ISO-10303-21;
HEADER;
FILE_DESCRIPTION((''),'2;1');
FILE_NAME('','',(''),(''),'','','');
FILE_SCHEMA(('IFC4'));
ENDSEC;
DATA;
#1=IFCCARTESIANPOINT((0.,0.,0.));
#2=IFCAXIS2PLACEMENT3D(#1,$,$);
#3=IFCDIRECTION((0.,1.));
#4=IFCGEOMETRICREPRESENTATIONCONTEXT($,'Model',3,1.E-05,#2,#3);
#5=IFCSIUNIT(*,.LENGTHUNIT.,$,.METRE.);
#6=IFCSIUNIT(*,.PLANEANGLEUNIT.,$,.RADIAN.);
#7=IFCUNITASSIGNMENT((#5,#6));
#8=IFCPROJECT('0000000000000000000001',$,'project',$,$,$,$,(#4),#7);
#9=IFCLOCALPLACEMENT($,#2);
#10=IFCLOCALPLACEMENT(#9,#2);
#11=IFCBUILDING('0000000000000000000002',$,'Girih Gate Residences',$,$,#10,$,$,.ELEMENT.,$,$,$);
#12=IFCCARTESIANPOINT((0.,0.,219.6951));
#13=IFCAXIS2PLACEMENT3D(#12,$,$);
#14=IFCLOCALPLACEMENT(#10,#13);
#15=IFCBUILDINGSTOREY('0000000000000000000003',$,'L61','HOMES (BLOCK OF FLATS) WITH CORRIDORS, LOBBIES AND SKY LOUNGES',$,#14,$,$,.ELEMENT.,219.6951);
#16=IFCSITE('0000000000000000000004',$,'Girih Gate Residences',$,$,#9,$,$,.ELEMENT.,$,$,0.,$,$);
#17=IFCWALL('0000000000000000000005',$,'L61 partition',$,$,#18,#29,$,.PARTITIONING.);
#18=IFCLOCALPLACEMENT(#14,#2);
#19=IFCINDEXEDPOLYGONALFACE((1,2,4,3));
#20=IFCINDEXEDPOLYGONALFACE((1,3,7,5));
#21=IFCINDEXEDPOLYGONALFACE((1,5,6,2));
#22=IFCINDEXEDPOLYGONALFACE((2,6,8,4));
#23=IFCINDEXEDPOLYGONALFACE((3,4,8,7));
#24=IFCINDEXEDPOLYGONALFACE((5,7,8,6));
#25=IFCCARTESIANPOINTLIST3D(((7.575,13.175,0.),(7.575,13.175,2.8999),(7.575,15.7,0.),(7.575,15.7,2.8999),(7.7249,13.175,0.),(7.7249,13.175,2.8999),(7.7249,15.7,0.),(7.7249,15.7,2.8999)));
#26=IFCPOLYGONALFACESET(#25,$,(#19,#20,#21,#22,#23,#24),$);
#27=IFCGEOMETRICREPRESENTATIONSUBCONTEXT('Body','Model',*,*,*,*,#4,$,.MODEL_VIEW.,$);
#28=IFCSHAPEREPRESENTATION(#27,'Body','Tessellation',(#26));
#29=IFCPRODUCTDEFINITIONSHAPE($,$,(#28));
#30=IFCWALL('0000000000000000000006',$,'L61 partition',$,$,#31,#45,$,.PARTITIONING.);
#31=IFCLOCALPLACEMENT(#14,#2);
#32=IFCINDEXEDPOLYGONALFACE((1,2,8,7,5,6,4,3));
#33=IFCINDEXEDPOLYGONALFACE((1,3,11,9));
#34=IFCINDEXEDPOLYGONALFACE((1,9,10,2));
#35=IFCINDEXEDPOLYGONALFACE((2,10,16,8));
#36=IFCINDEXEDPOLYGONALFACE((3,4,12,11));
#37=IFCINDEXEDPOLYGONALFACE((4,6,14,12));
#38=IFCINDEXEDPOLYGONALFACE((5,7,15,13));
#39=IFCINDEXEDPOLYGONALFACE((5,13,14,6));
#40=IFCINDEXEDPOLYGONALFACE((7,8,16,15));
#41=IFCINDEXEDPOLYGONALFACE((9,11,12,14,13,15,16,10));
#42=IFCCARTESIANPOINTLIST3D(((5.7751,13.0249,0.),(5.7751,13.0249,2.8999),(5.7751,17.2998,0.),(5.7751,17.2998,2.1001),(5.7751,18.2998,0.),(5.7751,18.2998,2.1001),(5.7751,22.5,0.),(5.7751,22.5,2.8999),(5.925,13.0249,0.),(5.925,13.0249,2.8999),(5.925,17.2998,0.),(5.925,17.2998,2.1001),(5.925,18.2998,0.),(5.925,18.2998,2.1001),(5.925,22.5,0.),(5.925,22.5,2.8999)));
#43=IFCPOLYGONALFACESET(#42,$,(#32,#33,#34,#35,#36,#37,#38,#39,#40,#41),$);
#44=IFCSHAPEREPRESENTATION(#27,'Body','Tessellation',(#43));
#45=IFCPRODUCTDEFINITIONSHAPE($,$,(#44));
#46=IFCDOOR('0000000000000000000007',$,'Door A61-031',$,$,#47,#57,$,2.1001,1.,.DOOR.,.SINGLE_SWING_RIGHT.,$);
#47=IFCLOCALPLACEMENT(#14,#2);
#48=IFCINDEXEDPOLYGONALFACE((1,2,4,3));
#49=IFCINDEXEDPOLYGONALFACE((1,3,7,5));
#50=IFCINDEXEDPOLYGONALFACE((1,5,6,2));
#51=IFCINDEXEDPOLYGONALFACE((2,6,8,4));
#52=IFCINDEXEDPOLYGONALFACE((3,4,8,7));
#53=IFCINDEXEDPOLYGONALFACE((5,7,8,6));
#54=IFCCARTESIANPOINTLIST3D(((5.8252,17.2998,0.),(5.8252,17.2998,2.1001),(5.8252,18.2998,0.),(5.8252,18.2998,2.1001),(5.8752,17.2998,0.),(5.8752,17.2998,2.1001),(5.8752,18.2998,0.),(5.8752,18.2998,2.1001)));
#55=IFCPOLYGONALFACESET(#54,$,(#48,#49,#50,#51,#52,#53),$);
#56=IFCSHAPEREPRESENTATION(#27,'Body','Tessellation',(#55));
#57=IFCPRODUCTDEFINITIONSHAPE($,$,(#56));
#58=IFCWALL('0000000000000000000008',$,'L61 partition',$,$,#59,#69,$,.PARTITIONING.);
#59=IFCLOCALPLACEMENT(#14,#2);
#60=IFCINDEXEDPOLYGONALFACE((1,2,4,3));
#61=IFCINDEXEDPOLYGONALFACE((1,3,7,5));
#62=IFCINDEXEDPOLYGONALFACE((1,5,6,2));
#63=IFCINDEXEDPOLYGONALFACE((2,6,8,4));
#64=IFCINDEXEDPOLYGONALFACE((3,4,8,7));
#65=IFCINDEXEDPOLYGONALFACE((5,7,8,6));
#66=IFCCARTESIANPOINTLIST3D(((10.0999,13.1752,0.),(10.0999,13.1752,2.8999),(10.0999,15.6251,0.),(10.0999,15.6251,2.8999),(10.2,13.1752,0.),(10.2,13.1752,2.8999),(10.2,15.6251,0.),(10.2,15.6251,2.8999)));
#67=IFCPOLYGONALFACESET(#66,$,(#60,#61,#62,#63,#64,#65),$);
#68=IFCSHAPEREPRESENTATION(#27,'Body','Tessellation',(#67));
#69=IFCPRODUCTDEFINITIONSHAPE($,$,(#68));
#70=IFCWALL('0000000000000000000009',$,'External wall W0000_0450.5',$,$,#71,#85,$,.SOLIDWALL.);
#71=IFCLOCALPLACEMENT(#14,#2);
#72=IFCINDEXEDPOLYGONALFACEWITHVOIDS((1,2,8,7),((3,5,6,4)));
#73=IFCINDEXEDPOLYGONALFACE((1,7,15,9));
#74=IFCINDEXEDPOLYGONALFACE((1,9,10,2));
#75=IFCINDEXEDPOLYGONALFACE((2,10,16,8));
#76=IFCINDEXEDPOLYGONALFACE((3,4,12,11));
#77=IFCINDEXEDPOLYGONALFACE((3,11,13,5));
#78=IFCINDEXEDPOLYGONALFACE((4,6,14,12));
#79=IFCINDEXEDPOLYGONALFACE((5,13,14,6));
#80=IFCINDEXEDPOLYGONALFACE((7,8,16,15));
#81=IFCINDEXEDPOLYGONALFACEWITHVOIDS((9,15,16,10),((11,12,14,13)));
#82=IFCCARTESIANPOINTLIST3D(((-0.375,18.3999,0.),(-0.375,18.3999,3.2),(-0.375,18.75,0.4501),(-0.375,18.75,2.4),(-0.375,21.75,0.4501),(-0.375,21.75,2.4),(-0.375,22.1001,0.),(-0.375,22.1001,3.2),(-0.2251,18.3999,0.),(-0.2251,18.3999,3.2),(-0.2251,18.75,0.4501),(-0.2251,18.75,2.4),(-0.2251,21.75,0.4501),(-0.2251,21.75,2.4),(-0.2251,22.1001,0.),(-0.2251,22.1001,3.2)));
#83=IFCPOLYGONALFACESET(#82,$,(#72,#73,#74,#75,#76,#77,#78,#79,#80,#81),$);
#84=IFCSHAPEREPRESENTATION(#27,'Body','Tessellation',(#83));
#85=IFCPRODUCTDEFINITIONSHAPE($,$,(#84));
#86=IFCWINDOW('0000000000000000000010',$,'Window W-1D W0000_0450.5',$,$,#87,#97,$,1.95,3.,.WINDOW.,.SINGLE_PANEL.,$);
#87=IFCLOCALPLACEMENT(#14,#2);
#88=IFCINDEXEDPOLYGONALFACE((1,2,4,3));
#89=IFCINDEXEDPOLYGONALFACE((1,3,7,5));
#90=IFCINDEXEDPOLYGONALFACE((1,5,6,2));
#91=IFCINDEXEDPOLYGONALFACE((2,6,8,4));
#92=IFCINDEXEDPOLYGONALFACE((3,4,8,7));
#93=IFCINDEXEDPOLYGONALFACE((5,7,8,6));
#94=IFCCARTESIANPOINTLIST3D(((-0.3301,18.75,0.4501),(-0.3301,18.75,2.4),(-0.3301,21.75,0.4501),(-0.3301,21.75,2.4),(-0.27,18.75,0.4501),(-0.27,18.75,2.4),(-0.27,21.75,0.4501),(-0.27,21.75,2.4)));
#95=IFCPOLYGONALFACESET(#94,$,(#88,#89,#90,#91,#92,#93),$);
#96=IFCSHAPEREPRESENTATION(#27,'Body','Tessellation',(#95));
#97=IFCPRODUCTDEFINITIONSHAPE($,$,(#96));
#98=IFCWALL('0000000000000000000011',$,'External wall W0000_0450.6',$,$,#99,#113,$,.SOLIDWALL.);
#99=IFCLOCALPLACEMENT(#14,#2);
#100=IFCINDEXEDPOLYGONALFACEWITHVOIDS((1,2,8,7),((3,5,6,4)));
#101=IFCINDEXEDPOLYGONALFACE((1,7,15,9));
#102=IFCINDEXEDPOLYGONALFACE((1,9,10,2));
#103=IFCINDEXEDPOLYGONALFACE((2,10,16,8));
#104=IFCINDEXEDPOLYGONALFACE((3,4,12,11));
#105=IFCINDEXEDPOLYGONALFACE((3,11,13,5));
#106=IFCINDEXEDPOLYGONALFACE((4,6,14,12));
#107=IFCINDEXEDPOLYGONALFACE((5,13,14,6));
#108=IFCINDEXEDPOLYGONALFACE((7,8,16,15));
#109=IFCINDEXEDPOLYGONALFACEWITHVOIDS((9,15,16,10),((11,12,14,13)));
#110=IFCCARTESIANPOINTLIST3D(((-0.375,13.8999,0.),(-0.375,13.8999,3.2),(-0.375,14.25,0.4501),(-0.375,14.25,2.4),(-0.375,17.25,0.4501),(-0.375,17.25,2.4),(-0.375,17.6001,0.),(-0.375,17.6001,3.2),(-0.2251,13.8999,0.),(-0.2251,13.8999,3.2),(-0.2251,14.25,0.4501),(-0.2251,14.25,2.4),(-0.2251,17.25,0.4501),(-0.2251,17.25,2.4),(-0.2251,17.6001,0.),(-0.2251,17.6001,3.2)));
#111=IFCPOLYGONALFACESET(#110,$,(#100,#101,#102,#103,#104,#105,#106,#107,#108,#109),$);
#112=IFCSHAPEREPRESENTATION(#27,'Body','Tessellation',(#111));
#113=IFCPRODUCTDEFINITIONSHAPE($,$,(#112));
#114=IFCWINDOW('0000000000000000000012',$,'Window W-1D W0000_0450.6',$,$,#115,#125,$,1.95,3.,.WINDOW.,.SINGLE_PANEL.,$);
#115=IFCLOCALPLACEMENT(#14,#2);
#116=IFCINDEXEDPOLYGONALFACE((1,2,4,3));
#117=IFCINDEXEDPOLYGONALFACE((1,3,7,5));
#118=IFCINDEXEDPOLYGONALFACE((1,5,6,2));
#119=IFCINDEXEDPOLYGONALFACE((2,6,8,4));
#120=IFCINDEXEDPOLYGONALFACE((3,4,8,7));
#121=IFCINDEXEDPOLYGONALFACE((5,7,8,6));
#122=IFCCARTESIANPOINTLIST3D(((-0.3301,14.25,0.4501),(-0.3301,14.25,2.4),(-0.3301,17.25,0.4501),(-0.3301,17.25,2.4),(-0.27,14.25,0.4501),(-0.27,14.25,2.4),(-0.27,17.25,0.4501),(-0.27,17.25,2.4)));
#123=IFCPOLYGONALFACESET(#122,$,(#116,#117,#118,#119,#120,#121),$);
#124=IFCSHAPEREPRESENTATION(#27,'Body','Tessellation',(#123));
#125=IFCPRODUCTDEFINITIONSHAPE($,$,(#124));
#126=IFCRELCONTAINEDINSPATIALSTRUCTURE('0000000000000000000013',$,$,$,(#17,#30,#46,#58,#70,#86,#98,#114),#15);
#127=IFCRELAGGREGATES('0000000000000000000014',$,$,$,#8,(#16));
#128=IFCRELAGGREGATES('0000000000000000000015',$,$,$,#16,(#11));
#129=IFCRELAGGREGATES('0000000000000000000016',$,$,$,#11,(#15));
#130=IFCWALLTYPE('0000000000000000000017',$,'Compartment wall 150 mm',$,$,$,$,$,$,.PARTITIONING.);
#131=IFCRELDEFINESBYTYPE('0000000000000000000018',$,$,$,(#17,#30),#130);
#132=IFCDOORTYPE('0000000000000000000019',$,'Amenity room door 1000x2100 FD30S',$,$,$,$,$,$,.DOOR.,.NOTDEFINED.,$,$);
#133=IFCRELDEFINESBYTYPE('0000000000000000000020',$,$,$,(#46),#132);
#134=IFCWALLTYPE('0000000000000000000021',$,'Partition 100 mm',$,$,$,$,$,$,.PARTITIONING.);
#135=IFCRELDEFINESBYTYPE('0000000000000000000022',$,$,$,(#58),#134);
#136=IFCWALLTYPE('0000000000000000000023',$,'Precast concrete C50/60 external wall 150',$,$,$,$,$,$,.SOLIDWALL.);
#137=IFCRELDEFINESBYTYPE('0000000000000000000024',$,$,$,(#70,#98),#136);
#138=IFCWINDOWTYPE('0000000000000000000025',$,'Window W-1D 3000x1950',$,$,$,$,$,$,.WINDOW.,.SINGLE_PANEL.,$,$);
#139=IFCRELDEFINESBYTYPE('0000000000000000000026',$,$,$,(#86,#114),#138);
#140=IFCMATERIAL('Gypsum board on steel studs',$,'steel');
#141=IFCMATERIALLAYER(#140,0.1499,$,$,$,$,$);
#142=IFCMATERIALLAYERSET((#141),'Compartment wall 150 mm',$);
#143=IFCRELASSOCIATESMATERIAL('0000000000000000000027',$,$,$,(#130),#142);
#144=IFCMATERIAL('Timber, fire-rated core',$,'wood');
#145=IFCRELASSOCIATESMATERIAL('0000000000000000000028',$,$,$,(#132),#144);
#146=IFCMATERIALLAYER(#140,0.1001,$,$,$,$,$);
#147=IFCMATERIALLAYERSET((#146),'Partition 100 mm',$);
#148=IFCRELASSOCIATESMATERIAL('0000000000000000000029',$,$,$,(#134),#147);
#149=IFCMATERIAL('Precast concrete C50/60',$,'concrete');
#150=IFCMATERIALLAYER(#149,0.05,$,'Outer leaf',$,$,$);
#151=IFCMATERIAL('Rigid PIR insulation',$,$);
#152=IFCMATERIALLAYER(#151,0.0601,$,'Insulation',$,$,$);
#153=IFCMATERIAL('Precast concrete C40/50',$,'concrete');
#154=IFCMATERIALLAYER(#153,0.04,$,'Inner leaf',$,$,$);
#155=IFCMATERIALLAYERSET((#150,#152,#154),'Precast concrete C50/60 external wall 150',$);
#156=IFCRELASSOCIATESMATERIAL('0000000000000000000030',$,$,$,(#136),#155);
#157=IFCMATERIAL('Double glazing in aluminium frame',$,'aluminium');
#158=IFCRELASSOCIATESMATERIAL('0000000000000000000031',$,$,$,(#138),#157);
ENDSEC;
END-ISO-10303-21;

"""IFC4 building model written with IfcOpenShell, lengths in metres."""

from ifc_helpers import new_model, si_unit, direction, frame, frame_2d, origin, place, context, subcontext, project, spatial, rectangle, extrude, material, layer, layer_set, type_object, element, fill, save


model = new_model("IFC4")

# Units and contexts
model_context = context("Model", 3, precision=1e-05, world=origin(), true_north=direction((0.0, 1.0)))
body_context = subcontext(model_context, "Body", "Model", "MODEL_VIEW")
ifc_project = project(units=[si_unit("LENGTHUNIT", "METRE"), si_unit("PLANEANGLEUNIT", "RADIAN")], contexts=[model_context])

# Site, building, storey
site_placement = place(None, origin())
site = spatial("IfcSite", under=ifc_project, at=site_placement, Name="Girih Gate Residences", CompositionType="ELEMENT", RefElevation=0.0)
building_placement = place(site_placement, origin())
building = spatial("IfcBuilding", under=site, at=building_placement, Name="Girih Gate Residences", CompositionType="ELEMENT")
storey_placement = place(building_placement, frame((0.0, 0.0, 219.6951)))
storey = spatial("IfcBuildingStorey", under=building, at=storey_placement, Name="L61", Description="HOMES (BLOCK OF FLATS) WITH CORRIDORS, LOBBIES AND SKY LOUNGES", CompositionType="ELEMENT", Elevation=219.6951)

# Shared definitions
ifc_material_1 = material(Name="Gypsum board on steel studs", Category="steel")
ifc_layer_1 = layer(ifc_material_1, 0.1499)
ifc_layer_set_1 = layer_set([ifc_layer_1], Name="Compartment wall 150 mm")
wall_type_1 = type_object("IfcWallType", Name="Compartment wall 150 mm", PredefinedType="PARTITIONING", material=ifc_layer_set_1)

# Wall
wall_1_placement = place(storey_placement, frame((7.6499, 13.175, 0.0), z_axis=(0.0, 0.0, 1.0), x_axis=(0.0, 1.0, 0.0)))
element("IfcWall", 1, at=wall_1_placement, inside=storey, type_object=wall_type_1, Name="L61 partition", PredefinedType="PARTITIONING", context=body_context, shape_type="SweptSolid", body=[
    extrude(rectangle(XDim=2.5249, YDim=0.1499, at=frame_2d((1.2625, 0.0))), origin(), (0.0, 0.0, 1.0), 2.8999),
])

# Wall, opening, door
wall_2_placement = place(storey_placement, frame((5.8501, 13.0249, 0.0), z_axis=(0.0, 0.0, 1.0), x_axis=(0.0, 1.0, 0.0)))
wall_2 = element("IfcWall", 2, at=wall_2_placement, inside=storey, type_object=wall_type_1, Name="L61 partition", PredefinedType="PARTITIONING", context=body_context, shape_type="SweptSolid", body=[
    extrude(rectangle(XDim=9.4751, YDim=0.1499, at=frame_2d((4.7375, 0.0))), origin(), (0.0, 0.0, 1.0), 2.8999),
])
opening_1_placement = place(wall_2_placement, frame((4.2749, 0.0, 0.0)))
opening_1 = element("IfcOpeningElement", 3, at=opening_1_placement, cuts=wall_2, PredefinedType="OPENING", context=body_context, shape_type="SweptSolid", body=[
    extrude(rectangle(XDim=1.0, YDim=2.1001, at=frame_2d((0.5, 1.05))), frame((0.0, 0.085, 0.0), z_axis=(0.0, -1.0, 0.0), x_axis=(1.0, 0.0, 0.0)), (0.0, 0.0, 1.0), 0.1699),
])
ifc_material_2 = material(Name="Timber, fire-rated core", Category="wood")
door_type_1 = type_object("IfcDoorType", Name="Amenity room door 1000x2100 FD30S", OperationType="NOTDEFINED", PredefinedType="DOOR", material=ifc_material_2)
door_1_placement = place(opening_1_placement, origin())
door_1 = element("IfcDoor", 4, at=door_1_placement, inside=storey, type_object=door_type_1, Name="Door A61-031", OperationType="SINGLE_SWING_RIGHT", OverallHeight=2.1001, OverallWidth=1.0, PredefinedType="DOOR", context=body_context, shape_type="SweptSolid", body=[
    extrude(rectangle(XDim=1.0, YDim=2.1001, at=frame_2d((0.5, 1.05))), frame((0.0, 0.0249, 0.0), z_axis=(0.0, -1.0, 0.0), x_axis=(1.0, 0.0, 0.0)), (0.0, 0.0, 1.0), 0.05),
])
fill(opening_1, door_1)

# Wall
ifc_layer_2 = layer(ifc_material_1, 0.1001)
ifc_layer_set_2 = layer_set([ifc_layer_2], Name="Partition 100 mm")
wall_type_2 = type_object("IfcWallType", Name="Partition 100 mm", PredefinedType="PARTITIONING", material=ifc_layer_set_2)
wall_3_placement = place(storey_placement, frame((10.1499, 13.175, 0.0), z_axis=(0.0, 0.0, 1.0), x_axis=(0.0, 1.0, 0.0)))
element("IfcWall", 5, at=wall_3_placement, inside=storey, type_object=wall_type_2, Name="L61 partition", PredefinedType="PARTITIONING", context=body_context, shape_type="SweptSolid", body=[
    extrude(rectangle(XDim=2.45, YDim=0.1001, at=frame_2d((1.2251, 0.0))), origin(), (0.0, 0.0, 1.0), 2.8999),
])

# Walls, openings, windows
ifc_material_3 = material(Name="Precast concrete C50/60", Category="concrete")
ifc_layer_3 = layer(ifc_material_3, 0.05, Name="Outer leaf")
ifc_material_4 = material(Name="Rigid PIR insulation")
ifc_layer_4 = layer(ifc_material_4, 0.0601, Name="Insulation")
ifc_material_5 = material(Name="Precast concrete C40/50", Category="concrete")
ifc_layer_5 = layer(ifc_material_5, 0.04, Name="Inner leaf")
ifc_layer_set_3 = layer_set([ifc_layer_3, ifc_layer_4, ifc_layer_5], Name="Precast concrete C50/60 external wall 150")
wall_type_3 = type_object("IfcWallType", Name="Precast concrete C50/60 external wall 150", PredefinedType="SOLIDWALL", material=ifc_layer_set_3)
wall_4_placement = place(storey_placement, frame((-0.3, 18.3999, 0.0), z_axis=(0.0, 0.0, 1.0), x_axis=(0.0, 1.0, 0.0)))
wall_4 = element("IfcWall", 6, at=wall_4_placement, inside=storey, type_object=wall_type_3, Name="External wall W0000_0450.5", PredefinedType="SOLIDWALL", context=body_context, shape_type="SweptSolid", body=[
    extrude(rectangle(XDim=3.7002, YDim=0.1499, at=frame_2d((1.8501, 0.0))), origin(), (0.0, 0.0, 1.0), 3.2),
])
opening_2_placement = place(wall_4_placement, frame((0.3501, 0.0, 0.45)))
opening_2 = element("IfcOpeningElement", 7, at=opening_2_placement, cuts=wall_4, PredefinedType="OPENING", context=body_context, shape_type="SweptSolid", body=[
    extrude(rectangle(XDim=3.0, YDim=1.95, at=frame_2d((1.5, 0.9751))), frame((0.0, 0.085, 0.0), z_axis=(0.0, -1.0, 0.0), x_axis=(1.0, 0.0, 0.0)), (0.0, 0.0, 1.0), 0.1699),
])
ifc_material_6 = material(Name="Double glazing in aluminium frame", Category="aluminium")
window_type = type_object("IfcWindowType", Name="Window W-1D 3000x1950", PartitioningType="SINGLE_PANEL", PredefinedType="WINDOW", material=ifc_material_6)
window_1_placement = place(opening_2_placement, origin())
window_1 = element("IfcWindow", 8, at=window_1_placement, inside=storey, type_object=window_type, Name="Window W-1D W0000_0450.5", OverallHeight=1.95, OverallWidth=3.0, PartitioningType="SINGLE_PANEL", PredefinedType="WINDOW", context=body_context, shape_type="SweptSolid", body=[
    extrude(rectangle(XDim=3.0, YDim=1.95, at=frame_2d((1.5, 0.9751))), frame((0.0, 0.03, 0.0), z_axis=(0.0, -1.0, 0.0), x_axis=(1.0, 0.0, 0.0)), (0.0, 0.0, 1.0), 0.0601),
])
fill(opening_2, window_1)
wall_5_placement = place(storey_placement, frame((-0.3, 13.8999, 0.0), z_axis=(0.0, 0.0, 1.0), x_axis=(0.0, 1.0, 0.0)))
wall_5 = element("IfcWall", 9, at=wall_5_placement, inside=storey, type_object=wall_type_3, Name="External wall W0000_0450.6", PredefinedType="SOLIDWALL", context=body_context, shape_type="SweptSolid", body=[
    extrude(rectangle(XDim=3.7002, YDim=0.1499, at=frame_2d((1.8501, 0.0))), origin(), (0.0, 0.0, 1.0), 3.2),
])
opening_3_placement = place(wall_5_placement, frame((0.3501, 0.0, 0.45)))
opening_3 = element("IfcOpeningElement", 10, at=opening_3_placement, cuts=wall_5, PredefinedType="OPENING", context=body_context, shape_type="SweptSolid", body=[
    extrude(rectangle(XDim=3.0, YDim=1.95, at=frame_2d((1.5, 0.9751))), frame((0.0, 0.085, 0.0), z_axis=(0.0, -1.0, 0.0), x_axis=(1.0, 0.0, 0.0)), (0.0, 0.0, 1.0), 0.1699),
])
window_2_placement = place(opening_3_placement, origin())
window_2 = element("IfcWindow", 11, at=window_2_placement, inside=storey, type_object=window_type, Name="Window W-1D W0000_0450.6", OverallHeight=1.95, OverallWidth=3.0, PartitioningType="SINGLE_PANEL", PredefinedType="WINDOW", context=body_context, shape_type="SweptSolid", body=[
    extrude(rectangle(XDim=3.0, YDim=1.95, at=frame_2d((1.5, 0.9751))), frame((0.0, 0.03, 0.0), z_axis=(0.0, -1.0, 0.0), x_axis=(1.0, 0.0, 0.0)), (0.0, 0.0, 1.0), 0.0601),
])
fill(opening_3, window_2)

save(model, "model.ifc")
